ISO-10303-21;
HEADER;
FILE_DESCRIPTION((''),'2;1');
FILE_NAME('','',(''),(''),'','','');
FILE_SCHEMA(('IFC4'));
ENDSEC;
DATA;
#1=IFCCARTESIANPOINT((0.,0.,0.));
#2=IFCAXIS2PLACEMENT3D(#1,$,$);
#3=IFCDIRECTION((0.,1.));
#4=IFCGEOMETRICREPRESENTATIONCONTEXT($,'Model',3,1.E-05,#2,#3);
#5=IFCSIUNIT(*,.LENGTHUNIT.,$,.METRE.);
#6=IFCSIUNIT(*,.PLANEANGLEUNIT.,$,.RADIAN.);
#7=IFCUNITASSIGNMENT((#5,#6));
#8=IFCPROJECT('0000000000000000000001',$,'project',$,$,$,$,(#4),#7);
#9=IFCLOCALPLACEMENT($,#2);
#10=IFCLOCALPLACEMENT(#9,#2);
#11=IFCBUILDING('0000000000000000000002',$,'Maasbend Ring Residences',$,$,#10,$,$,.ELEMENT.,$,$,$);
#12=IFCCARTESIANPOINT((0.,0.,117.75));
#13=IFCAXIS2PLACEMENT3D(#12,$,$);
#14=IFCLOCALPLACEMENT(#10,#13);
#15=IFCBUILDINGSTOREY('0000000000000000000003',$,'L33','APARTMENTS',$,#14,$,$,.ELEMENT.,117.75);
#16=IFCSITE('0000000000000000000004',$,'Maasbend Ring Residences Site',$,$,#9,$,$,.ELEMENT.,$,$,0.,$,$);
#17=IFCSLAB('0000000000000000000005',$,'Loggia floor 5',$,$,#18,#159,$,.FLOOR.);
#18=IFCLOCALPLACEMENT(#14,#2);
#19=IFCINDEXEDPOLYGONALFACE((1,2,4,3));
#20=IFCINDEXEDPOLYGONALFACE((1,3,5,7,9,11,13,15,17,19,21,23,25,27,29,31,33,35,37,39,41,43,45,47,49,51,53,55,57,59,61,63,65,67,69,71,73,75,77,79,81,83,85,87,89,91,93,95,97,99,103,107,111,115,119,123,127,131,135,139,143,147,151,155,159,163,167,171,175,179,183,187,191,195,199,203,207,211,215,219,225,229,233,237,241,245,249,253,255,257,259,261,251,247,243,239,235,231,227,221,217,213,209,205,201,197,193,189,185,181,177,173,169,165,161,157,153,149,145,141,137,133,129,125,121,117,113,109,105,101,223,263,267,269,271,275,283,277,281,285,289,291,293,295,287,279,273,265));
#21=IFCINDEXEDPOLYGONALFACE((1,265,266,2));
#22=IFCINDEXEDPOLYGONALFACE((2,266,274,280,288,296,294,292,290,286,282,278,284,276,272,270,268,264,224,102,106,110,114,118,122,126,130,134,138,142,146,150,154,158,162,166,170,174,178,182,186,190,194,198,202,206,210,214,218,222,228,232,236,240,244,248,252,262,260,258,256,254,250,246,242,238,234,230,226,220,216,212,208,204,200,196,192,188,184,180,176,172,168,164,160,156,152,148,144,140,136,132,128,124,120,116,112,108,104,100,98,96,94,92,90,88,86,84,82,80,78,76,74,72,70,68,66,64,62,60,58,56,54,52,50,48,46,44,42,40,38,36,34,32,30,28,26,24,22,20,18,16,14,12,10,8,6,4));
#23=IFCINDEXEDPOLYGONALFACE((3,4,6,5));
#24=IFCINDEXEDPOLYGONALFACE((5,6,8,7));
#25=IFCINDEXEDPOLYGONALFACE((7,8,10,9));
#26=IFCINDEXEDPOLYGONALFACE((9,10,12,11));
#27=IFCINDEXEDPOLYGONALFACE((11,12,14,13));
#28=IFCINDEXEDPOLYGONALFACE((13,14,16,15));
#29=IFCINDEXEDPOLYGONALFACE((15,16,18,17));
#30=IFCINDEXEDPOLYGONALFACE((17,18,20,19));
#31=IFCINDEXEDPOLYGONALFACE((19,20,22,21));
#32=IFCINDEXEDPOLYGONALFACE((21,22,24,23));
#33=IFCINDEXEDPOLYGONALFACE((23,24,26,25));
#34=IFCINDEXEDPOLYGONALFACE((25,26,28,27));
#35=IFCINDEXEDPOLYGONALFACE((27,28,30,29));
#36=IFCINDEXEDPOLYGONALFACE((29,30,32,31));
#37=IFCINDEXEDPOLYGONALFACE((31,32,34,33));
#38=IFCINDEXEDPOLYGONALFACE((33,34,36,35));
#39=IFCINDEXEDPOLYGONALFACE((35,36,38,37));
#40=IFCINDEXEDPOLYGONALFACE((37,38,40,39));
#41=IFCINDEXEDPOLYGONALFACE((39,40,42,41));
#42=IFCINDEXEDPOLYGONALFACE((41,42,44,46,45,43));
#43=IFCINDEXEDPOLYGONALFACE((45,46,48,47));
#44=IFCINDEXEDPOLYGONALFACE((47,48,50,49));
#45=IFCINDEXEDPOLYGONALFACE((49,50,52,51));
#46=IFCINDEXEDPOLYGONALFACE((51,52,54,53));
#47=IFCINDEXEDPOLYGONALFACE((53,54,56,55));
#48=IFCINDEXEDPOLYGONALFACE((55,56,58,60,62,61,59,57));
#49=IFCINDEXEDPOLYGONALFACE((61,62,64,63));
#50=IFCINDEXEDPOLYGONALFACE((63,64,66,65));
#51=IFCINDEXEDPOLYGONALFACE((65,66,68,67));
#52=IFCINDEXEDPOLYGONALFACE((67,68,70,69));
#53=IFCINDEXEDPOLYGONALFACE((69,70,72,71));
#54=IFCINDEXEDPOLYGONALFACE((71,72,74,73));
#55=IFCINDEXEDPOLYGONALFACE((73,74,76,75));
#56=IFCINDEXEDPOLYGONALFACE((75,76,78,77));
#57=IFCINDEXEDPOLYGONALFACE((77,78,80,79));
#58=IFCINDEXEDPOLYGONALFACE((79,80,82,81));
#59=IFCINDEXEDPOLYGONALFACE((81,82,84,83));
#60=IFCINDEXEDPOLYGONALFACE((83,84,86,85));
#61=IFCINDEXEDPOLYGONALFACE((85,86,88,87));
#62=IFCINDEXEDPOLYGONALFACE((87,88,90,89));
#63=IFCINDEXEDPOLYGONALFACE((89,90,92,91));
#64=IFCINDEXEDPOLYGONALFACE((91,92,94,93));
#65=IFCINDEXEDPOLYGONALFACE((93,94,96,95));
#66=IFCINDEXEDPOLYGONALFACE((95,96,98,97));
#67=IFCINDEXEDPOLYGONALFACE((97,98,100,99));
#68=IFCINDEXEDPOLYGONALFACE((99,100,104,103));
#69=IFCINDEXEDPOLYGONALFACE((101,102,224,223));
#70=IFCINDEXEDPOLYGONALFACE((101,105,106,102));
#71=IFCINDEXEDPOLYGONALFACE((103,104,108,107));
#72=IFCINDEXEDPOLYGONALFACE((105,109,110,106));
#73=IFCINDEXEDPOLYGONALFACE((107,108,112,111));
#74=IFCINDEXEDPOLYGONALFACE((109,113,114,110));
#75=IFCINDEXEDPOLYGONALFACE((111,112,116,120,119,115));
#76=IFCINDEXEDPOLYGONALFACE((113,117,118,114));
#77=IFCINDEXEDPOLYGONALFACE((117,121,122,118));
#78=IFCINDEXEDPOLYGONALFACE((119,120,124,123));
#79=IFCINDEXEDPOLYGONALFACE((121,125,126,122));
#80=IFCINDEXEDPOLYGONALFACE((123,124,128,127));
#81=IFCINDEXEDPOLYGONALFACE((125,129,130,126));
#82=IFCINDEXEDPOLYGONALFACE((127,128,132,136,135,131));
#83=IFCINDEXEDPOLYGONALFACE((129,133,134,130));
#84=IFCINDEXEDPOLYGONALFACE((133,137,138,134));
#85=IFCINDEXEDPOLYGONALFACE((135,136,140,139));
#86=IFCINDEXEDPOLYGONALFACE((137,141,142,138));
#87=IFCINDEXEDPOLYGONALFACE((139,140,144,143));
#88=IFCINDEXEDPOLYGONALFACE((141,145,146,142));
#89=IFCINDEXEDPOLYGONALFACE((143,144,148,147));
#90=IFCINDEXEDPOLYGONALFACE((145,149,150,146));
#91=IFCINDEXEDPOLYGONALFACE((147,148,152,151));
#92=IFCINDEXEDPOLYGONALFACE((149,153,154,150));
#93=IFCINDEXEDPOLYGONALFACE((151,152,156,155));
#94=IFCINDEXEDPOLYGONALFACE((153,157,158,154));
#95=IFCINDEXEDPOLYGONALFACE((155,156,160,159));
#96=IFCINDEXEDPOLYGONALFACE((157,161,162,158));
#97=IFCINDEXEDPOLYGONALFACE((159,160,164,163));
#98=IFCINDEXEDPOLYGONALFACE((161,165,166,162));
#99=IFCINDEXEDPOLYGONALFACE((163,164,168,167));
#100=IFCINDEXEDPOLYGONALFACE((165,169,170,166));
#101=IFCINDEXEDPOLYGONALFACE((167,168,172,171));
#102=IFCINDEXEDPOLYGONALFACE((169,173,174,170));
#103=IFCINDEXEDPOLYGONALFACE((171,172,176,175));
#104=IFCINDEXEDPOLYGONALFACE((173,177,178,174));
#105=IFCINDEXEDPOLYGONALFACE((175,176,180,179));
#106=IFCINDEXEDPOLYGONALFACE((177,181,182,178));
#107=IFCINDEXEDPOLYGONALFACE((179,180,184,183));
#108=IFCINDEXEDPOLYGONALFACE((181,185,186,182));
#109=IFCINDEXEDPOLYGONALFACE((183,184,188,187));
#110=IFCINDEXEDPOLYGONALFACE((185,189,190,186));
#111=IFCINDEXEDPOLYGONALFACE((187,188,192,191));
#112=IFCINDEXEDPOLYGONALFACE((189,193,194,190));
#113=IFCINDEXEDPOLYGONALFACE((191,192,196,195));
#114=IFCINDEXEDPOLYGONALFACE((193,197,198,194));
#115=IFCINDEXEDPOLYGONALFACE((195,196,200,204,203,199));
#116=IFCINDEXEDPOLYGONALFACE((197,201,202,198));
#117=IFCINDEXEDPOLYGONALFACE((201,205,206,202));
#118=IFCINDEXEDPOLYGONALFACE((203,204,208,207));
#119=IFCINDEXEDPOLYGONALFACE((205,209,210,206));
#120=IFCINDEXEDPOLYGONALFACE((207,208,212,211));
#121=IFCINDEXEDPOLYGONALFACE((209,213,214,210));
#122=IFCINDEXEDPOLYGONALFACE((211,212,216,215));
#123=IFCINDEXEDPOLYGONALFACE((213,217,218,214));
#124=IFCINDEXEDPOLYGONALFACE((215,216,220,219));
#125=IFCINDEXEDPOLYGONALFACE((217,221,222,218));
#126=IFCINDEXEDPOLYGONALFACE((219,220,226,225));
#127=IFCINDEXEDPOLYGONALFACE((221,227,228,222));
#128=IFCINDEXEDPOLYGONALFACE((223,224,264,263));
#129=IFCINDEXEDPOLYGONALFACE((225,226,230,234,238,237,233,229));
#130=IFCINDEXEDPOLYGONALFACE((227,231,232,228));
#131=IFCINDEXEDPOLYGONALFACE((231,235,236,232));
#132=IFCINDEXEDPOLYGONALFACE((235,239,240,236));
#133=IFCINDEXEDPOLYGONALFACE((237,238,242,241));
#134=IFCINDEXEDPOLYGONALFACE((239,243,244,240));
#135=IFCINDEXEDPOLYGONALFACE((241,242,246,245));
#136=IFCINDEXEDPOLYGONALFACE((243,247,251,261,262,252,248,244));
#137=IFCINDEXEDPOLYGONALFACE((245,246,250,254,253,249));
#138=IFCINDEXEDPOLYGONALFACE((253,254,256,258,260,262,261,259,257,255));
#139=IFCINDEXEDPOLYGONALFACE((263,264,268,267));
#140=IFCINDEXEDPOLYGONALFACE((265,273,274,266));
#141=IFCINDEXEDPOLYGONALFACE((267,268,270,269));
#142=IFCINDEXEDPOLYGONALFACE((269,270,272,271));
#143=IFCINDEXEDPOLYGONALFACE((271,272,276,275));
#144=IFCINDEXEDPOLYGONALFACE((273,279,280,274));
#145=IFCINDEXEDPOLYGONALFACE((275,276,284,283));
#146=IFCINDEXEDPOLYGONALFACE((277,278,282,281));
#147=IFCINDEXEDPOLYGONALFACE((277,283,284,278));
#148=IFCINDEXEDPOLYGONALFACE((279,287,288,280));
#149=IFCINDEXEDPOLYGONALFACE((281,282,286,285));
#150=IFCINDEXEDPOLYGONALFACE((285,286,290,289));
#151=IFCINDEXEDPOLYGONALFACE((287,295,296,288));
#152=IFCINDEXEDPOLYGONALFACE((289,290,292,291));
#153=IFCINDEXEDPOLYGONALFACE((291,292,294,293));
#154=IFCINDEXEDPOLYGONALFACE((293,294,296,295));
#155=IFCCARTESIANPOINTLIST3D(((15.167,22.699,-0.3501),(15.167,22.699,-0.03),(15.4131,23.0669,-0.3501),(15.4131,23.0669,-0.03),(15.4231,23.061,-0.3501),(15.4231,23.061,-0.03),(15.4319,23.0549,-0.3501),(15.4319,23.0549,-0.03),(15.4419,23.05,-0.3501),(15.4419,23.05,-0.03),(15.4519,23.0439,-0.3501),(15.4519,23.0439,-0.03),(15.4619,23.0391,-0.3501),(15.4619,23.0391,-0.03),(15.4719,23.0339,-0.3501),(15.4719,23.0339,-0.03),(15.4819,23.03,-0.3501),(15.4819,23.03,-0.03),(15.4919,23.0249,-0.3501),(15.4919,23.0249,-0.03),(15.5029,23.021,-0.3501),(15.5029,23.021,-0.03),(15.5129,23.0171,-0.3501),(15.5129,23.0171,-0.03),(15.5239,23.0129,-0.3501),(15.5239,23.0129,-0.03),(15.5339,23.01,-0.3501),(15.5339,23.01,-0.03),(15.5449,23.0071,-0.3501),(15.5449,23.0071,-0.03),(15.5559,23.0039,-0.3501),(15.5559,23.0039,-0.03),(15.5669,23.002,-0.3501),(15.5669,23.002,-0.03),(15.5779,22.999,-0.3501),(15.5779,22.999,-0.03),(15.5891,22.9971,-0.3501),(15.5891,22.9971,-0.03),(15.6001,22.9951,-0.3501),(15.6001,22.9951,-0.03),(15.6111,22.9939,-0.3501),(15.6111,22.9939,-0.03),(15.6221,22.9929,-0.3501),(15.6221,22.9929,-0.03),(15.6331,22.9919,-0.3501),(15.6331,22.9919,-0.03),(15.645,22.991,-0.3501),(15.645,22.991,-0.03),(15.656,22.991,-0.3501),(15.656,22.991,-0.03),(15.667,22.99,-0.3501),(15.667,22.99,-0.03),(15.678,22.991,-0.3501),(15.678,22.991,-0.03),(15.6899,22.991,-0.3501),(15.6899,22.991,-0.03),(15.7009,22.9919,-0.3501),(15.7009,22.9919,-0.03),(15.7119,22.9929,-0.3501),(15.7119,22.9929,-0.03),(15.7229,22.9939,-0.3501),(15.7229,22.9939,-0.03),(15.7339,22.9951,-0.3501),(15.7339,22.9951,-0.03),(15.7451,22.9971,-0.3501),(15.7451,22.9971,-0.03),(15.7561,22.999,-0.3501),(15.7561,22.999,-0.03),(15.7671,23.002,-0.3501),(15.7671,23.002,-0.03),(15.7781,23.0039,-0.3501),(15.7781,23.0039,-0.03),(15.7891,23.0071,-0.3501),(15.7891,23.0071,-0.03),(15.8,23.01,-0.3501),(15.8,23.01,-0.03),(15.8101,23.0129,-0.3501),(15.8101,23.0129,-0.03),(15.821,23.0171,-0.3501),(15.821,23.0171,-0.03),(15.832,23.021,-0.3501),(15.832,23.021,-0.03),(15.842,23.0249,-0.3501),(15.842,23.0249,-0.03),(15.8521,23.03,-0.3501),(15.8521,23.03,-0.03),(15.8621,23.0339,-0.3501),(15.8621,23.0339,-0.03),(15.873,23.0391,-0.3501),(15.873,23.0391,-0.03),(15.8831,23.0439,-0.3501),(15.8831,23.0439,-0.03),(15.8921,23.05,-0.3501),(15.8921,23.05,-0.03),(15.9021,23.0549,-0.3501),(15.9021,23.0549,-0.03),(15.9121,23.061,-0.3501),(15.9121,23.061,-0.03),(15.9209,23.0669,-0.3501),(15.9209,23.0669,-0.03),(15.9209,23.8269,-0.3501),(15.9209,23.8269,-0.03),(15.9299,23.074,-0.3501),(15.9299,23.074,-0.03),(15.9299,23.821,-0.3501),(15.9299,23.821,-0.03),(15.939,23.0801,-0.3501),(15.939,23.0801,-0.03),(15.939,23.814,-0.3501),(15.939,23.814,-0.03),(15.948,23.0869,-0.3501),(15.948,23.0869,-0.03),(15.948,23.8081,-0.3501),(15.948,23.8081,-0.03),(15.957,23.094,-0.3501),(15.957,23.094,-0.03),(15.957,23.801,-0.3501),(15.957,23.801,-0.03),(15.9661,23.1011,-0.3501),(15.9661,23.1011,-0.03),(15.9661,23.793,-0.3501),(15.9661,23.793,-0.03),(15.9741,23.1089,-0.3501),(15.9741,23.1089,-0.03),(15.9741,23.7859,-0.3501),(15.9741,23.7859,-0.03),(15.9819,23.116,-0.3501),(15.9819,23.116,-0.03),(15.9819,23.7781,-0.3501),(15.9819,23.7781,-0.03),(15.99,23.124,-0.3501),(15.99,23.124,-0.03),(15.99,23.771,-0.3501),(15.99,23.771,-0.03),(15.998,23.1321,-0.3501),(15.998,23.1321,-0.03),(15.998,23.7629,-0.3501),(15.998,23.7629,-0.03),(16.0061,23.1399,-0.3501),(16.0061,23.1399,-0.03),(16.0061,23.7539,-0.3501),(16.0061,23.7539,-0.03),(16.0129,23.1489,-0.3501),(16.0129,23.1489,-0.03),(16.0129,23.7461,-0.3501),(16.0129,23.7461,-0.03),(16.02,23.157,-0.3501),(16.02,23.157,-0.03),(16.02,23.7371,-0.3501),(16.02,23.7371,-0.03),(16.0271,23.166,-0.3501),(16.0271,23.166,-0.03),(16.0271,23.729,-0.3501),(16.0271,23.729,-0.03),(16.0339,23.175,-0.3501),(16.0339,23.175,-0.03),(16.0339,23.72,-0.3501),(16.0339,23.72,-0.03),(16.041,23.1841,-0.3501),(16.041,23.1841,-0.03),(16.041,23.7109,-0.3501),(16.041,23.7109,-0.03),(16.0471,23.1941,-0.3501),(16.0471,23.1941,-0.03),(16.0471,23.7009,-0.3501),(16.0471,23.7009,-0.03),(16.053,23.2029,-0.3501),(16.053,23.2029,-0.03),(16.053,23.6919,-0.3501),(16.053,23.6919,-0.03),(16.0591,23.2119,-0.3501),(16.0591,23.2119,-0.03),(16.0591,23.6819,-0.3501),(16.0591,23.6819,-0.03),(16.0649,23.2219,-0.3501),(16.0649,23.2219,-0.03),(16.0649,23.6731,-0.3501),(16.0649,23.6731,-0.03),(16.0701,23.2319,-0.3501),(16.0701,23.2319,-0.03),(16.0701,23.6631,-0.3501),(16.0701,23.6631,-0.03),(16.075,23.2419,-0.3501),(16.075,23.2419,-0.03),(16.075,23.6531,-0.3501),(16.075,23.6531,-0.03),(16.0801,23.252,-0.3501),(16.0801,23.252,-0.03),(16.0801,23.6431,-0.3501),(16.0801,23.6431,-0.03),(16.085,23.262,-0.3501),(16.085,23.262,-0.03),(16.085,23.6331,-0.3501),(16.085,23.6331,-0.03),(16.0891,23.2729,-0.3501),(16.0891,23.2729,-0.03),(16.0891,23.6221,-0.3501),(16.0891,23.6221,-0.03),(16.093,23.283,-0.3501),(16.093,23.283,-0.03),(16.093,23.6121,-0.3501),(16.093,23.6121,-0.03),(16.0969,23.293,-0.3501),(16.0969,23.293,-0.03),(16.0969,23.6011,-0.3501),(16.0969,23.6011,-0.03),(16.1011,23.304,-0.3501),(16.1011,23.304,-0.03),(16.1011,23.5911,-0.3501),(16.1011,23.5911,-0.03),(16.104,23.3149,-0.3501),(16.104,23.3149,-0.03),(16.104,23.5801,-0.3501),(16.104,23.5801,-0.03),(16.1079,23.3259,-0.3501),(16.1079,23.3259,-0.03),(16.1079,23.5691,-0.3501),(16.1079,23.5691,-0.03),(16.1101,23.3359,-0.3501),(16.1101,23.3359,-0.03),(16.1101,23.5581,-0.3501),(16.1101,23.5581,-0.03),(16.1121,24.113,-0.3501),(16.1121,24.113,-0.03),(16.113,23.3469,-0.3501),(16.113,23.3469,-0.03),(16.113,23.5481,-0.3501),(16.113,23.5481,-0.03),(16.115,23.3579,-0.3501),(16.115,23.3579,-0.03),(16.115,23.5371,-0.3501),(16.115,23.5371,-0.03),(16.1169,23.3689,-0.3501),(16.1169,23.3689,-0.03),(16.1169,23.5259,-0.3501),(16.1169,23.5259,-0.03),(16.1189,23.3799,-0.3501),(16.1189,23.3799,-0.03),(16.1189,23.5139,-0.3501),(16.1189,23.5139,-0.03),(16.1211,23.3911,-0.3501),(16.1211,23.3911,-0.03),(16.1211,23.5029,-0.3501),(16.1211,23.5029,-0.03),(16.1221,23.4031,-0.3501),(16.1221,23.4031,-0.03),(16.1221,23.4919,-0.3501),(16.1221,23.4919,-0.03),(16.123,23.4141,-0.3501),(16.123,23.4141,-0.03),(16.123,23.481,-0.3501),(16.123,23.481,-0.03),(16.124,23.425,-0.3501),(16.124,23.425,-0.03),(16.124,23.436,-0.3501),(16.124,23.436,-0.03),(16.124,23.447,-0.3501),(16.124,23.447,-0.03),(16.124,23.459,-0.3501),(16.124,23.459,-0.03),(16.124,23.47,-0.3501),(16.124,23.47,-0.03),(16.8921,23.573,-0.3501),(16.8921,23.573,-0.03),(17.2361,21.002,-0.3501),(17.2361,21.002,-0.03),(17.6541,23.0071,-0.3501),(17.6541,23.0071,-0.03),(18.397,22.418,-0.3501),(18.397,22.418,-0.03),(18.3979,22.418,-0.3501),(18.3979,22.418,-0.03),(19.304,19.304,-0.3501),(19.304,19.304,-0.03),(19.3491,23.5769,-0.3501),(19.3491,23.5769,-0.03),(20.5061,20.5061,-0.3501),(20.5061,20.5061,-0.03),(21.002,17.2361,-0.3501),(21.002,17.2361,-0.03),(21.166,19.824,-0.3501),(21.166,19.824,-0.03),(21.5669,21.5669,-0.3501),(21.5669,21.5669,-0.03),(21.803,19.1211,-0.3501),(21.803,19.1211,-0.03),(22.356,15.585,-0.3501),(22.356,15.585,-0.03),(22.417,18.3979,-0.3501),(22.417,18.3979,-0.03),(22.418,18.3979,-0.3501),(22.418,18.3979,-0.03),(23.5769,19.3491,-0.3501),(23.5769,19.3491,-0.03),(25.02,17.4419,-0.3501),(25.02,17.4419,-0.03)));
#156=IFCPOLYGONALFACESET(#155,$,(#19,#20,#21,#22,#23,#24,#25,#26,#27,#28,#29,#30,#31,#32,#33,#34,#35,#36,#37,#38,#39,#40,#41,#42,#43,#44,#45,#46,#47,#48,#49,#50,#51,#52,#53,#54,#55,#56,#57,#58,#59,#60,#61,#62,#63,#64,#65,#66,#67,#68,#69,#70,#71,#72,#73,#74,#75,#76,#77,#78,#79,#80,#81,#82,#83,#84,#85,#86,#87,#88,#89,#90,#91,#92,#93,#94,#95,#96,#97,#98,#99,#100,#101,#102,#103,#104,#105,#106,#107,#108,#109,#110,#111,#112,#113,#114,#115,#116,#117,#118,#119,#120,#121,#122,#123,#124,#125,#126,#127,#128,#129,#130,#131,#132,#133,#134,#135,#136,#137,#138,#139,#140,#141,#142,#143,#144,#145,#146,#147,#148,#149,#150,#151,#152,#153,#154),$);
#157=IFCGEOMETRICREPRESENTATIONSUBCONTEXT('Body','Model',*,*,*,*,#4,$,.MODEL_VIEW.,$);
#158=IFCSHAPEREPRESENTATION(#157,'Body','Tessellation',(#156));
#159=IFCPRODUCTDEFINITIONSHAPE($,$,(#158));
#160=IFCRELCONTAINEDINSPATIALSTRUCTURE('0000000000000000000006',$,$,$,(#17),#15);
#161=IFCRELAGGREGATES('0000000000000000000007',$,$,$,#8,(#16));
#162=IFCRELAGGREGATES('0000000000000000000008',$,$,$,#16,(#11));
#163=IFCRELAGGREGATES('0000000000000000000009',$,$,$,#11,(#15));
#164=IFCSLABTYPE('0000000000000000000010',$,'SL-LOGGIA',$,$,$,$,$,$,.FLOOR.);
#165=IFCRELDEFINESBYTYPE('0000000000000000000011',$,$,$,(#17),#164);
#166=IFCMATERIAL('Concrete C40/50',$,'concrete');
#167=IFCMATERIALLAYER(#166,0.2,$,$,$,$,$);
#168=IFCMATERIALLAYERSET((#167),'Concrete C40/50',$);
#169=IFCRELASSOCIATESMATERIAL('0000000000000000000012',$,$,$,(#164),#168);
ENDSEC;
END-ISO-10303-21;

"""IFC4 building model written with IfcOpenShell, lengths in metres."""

from ifc_helpers import new_model, si_unit, direction, frame, origin, place, context, subcontext, project, spatial, polyline, outline, extrude, material, layer, layer_set, type_object, element, save


model = new_model("IFC4")

# Units and contexts
model_context = context("Model", 3, precision=1e-05, world=origin(), true_north=direction((0.0, 1.0)))
body_context = subcontext(model_context, "Body", "Model", "MODEL_VIEW")
ifc_project = project(units=[si_unit("LENGTHUNIT", "METRE"), si_unit("PLANEANGLEUNIT", "RADIAN")], contexts=[model_context])

# Site, building, storey
site_placement = place(None, origin())
site = spatial("IfcSite", under=ifc_project, at=site_placement, Name="Maasbend Ring Residences Site", CompositionType="ELEMENT", RefElevation=0.0)
building_placement = place(site_placement, origin())
building = spatial("IfcBuilding", under=site, at=building_placement, Name="Maasbend Ring Residences", CompositionType="ELEMENT")
storey_placement = place(building_placement, frame((0.0, 0.0, 117.75)))
storey = spatial("IfcBuildingStorey", under=building, at=storey_placement, Name="L33", Description="APARTMENTS", CompositionType="ELEMENT", Elevation=117.75)

# Slab
ifc_material_1 = material(Name="Concrete C40/50", Category="concrete")
ifc_layer_1 = layer(ifc_material_1, 0.2)
ifc_layer_set_1 = layer_set([ifc_layer_1], Name="Concrete C40/50")
slab_type_1 = type_object("IfcSlabType", Name="SL-LOGGIA", PredefinedType="FLOOR", material=ifc_layer_set_1)
slab_1_placement = place(storey_placement, frame((0.0, 0.0, -0.3501)))
element("IfcSlab", 1, at=slab_1_placement, inside=storey, type_object=slab_type_1, Name="Loggia floor 5", PredefinedType="FLOOR", context=body_context, shape_type="SweptSolid", body=[
    extrude(outline(polyline([(15.4319, 23.0549), (15.4419, 23.05), (15.4519, 23.0439), (15.4619, 23.0391), (15.4719, 23.0339), (15.4819, 23.03), (15.4919, 23.0249), (15.5029, 23.021), (15.5129, 23.0171), (15.5239, 23.0129), (15.5339, 23.01), (15.5449, 23.0071), (15.5559, 23.0039), (15.5669, 23.002), (15.5779, 22.999), (15.5891, 22.9971), (15.6001, 22.9951), (15.6111, 22.9939), (15.6221, 22.9929), (15.6331, 22.9919), (15.645, 22.991), (15.656, 22.991), (15.667, 22.99), (15.678, 22.991), (15.6899, 22.991), (15.7009, 22.9919), (15.7119, 22.9929), (15.7229, 22.9939), (15.7339, 22.9951), (15.7451, 22.9971), (15.7561, 22.999), (15.7671, 23.002), (15.7781, 23.0039), (15.7891, 23.0071), (15.8, 23.01), (15.8101, 23.0129), (15.821, 23.0171), (15.832, 23.021), (15.842, 23.0249), (15.8521, 23.03), (15.8621, 23.0339), (15.873, 23.0391), (15.8831, 23.0439), (15.8921, 23.05), (15.9021, 23.0549), (15.9121, 23.061), (15.9209, 23.0669), (15.9299, 23.074), (15.939, 23.0801), (15.948, 23.0869), (15.957, 23.094), (15.9661, 23.1011), (15.9741, 23.1089), (15.9819, 23.116), (15.99, 23.124), (15.998, 23.1321), (16.0061, 23.1399), (16.0129, 23.1489), (16.02, 23.157), (16.0271, 23.166), (16.0339, 23.175), (16.041, 23.1841), (16.0471, 23.1941), (16.053, 23.2029), (16.0591, 23.2119), (16.0649, 23.2219), (16.0701, 23.2319), (16.075, 23.2419), (16.0801, 23.252), (16.085, 23.262), (16.0891, 23.2729), (16.093, 23.283), (16.0969, 23.293), (16.1011, 23.304), (16.104, 23.3149), (16.1079, 23.3259), (16.1101, 23.3359), (16.113, 23.3469), (16.115, 23.3579), (16.1169, 23.3689), (16.1189, 23.3799), (16.1211, 23.3911), (16.1221, 23.4031), (16.123, 23.4141), (16.124, 23.425), (16.124, 23.436), (16.124, 23.447), (16.124, 23.459), (16.124, 23.47), (16.123, 23.481), (16.1221, 23.4919), (16.1211, 23.5029), (16.1189, 23.5139), (16.1169, 23.5259), (16.115, 23.5371), (16.113, 23.5481), (16.1101, 23.5581), (16.1079, 23.5691), (16.104, 23.5801), (16.1011, 23.5911), (16.0969, 23.6011), (16.093, 23.6121), (16.0891, 23.6221), (16.085, 23.6331), (16.0801, 23.6431), (16.075, 23.6531), (16.0701, 23.6631), (16.0649, 23.6731), (16.0591, 23.6819), (16.053, 23.6919), (16.0471, 23.7009), (16.041, 23.7109), (16.0339, 23.72), (16.0271, 23.729), (16.02, 23.7371), (16.0129, 23.7461), (16.0061, 23.7539), (15.998, 23.7629), (15.99, 23.771), (15.9819, 23.7781), (15.9741, 23.7859), (15.9661, 23.793), (15.957, 23.801), (15.948, 23.8081), (15.939, 23.814), (15.9299, 23.821), (15.9209, 23.8269), (15.9209, 23.8269), (16.1121, 24.113), (16.1121, 24.113), (16.1121, 24.113), (16.8921, 23.573), (16.8921, 23.573), (17.6541, 23.0071), (17.6541, 23.0071), (18.397, 22.418), (18.397, 22.418), (18.397, 22.418), (18.397, 22.418), (18.397, 22.418), (18.397, 22.418), (18.397, 22.418), (18.397, 22.418), (18.397, 22.418), (18.397, 22.418), (18.397, 22.418), (18.3979, 22.418), (18.3979, 22.418), (18.3979, 22.418), (18.3979, 22.418), (18.3979, 22.418), (18.3979, 22.418), (19.3491, 23.5769), (19.3491, 23.5769), (19.3491, 23.5769), (21.5669, 21.5669), (21.5669, 21.5669), (21.5669, 21.5669), (20.5061, 20.5061), (20.5061, 20.5061), (20.5061, 20.5061), (20.5061, 20.5061), (20.5061, 20.5061), (20.5061, 20.5061), (20.5061, 20.5061), (20.5061, 20.5061), (20.5061, 20.5061), (20.5061, 20.5061), (20.5061, 20.5061), (20.5061, 20.5061), (20.5061, 20.5061), (20.5061, 20.5061), (20.5061, 20.5061), (20.5061, 20.5061), (20.5061, 20.5061), (21.166, 19.824), (21.166, 19.824), (21.803, 19.1211), (21.803, 19.1211), (22.417, 18.3979), (22.417, 18.3979), (22.417, 18.3979), (22.417, 18.3979), (22.417, 18.3979), (22.417, 18.3979), (22.417, 18.3979), (22.417, 18.3979), (22.417, 18.3979), (22.417, 18.3979), (22.417, 18.3979), (22.417, 18.3979), (22.418, 18.3979), (22.418, 18.3979), (22.418, 18.3979), (22.418, 18.3979), (22.418, 18.3979), (23.5769, 19.3491), (23.5769, 19.3491), (23.5769, 19.3491), (25.02, 17.4419), (25.02, 17.4419), (25.02, 17.4419), (22.356, 15.585), (22.356, 15.585), (22.356, 15.585), (21.002, 17.2361), (19.304, 19.304), (19.304, 19.304), (19.304, 19.304), (17.2361, 21.002), (15.167, 22.699), (15.167, 22.699), (15.167, 22.699), (15.4131, 23.0669), (15.4131, 23.0669), (15.4231, 23.061), (15.4319, 23.0549)])), origin(), (0.0, 0.0, 1.0), 0.3201),
])

save(model, "model.ifc")
